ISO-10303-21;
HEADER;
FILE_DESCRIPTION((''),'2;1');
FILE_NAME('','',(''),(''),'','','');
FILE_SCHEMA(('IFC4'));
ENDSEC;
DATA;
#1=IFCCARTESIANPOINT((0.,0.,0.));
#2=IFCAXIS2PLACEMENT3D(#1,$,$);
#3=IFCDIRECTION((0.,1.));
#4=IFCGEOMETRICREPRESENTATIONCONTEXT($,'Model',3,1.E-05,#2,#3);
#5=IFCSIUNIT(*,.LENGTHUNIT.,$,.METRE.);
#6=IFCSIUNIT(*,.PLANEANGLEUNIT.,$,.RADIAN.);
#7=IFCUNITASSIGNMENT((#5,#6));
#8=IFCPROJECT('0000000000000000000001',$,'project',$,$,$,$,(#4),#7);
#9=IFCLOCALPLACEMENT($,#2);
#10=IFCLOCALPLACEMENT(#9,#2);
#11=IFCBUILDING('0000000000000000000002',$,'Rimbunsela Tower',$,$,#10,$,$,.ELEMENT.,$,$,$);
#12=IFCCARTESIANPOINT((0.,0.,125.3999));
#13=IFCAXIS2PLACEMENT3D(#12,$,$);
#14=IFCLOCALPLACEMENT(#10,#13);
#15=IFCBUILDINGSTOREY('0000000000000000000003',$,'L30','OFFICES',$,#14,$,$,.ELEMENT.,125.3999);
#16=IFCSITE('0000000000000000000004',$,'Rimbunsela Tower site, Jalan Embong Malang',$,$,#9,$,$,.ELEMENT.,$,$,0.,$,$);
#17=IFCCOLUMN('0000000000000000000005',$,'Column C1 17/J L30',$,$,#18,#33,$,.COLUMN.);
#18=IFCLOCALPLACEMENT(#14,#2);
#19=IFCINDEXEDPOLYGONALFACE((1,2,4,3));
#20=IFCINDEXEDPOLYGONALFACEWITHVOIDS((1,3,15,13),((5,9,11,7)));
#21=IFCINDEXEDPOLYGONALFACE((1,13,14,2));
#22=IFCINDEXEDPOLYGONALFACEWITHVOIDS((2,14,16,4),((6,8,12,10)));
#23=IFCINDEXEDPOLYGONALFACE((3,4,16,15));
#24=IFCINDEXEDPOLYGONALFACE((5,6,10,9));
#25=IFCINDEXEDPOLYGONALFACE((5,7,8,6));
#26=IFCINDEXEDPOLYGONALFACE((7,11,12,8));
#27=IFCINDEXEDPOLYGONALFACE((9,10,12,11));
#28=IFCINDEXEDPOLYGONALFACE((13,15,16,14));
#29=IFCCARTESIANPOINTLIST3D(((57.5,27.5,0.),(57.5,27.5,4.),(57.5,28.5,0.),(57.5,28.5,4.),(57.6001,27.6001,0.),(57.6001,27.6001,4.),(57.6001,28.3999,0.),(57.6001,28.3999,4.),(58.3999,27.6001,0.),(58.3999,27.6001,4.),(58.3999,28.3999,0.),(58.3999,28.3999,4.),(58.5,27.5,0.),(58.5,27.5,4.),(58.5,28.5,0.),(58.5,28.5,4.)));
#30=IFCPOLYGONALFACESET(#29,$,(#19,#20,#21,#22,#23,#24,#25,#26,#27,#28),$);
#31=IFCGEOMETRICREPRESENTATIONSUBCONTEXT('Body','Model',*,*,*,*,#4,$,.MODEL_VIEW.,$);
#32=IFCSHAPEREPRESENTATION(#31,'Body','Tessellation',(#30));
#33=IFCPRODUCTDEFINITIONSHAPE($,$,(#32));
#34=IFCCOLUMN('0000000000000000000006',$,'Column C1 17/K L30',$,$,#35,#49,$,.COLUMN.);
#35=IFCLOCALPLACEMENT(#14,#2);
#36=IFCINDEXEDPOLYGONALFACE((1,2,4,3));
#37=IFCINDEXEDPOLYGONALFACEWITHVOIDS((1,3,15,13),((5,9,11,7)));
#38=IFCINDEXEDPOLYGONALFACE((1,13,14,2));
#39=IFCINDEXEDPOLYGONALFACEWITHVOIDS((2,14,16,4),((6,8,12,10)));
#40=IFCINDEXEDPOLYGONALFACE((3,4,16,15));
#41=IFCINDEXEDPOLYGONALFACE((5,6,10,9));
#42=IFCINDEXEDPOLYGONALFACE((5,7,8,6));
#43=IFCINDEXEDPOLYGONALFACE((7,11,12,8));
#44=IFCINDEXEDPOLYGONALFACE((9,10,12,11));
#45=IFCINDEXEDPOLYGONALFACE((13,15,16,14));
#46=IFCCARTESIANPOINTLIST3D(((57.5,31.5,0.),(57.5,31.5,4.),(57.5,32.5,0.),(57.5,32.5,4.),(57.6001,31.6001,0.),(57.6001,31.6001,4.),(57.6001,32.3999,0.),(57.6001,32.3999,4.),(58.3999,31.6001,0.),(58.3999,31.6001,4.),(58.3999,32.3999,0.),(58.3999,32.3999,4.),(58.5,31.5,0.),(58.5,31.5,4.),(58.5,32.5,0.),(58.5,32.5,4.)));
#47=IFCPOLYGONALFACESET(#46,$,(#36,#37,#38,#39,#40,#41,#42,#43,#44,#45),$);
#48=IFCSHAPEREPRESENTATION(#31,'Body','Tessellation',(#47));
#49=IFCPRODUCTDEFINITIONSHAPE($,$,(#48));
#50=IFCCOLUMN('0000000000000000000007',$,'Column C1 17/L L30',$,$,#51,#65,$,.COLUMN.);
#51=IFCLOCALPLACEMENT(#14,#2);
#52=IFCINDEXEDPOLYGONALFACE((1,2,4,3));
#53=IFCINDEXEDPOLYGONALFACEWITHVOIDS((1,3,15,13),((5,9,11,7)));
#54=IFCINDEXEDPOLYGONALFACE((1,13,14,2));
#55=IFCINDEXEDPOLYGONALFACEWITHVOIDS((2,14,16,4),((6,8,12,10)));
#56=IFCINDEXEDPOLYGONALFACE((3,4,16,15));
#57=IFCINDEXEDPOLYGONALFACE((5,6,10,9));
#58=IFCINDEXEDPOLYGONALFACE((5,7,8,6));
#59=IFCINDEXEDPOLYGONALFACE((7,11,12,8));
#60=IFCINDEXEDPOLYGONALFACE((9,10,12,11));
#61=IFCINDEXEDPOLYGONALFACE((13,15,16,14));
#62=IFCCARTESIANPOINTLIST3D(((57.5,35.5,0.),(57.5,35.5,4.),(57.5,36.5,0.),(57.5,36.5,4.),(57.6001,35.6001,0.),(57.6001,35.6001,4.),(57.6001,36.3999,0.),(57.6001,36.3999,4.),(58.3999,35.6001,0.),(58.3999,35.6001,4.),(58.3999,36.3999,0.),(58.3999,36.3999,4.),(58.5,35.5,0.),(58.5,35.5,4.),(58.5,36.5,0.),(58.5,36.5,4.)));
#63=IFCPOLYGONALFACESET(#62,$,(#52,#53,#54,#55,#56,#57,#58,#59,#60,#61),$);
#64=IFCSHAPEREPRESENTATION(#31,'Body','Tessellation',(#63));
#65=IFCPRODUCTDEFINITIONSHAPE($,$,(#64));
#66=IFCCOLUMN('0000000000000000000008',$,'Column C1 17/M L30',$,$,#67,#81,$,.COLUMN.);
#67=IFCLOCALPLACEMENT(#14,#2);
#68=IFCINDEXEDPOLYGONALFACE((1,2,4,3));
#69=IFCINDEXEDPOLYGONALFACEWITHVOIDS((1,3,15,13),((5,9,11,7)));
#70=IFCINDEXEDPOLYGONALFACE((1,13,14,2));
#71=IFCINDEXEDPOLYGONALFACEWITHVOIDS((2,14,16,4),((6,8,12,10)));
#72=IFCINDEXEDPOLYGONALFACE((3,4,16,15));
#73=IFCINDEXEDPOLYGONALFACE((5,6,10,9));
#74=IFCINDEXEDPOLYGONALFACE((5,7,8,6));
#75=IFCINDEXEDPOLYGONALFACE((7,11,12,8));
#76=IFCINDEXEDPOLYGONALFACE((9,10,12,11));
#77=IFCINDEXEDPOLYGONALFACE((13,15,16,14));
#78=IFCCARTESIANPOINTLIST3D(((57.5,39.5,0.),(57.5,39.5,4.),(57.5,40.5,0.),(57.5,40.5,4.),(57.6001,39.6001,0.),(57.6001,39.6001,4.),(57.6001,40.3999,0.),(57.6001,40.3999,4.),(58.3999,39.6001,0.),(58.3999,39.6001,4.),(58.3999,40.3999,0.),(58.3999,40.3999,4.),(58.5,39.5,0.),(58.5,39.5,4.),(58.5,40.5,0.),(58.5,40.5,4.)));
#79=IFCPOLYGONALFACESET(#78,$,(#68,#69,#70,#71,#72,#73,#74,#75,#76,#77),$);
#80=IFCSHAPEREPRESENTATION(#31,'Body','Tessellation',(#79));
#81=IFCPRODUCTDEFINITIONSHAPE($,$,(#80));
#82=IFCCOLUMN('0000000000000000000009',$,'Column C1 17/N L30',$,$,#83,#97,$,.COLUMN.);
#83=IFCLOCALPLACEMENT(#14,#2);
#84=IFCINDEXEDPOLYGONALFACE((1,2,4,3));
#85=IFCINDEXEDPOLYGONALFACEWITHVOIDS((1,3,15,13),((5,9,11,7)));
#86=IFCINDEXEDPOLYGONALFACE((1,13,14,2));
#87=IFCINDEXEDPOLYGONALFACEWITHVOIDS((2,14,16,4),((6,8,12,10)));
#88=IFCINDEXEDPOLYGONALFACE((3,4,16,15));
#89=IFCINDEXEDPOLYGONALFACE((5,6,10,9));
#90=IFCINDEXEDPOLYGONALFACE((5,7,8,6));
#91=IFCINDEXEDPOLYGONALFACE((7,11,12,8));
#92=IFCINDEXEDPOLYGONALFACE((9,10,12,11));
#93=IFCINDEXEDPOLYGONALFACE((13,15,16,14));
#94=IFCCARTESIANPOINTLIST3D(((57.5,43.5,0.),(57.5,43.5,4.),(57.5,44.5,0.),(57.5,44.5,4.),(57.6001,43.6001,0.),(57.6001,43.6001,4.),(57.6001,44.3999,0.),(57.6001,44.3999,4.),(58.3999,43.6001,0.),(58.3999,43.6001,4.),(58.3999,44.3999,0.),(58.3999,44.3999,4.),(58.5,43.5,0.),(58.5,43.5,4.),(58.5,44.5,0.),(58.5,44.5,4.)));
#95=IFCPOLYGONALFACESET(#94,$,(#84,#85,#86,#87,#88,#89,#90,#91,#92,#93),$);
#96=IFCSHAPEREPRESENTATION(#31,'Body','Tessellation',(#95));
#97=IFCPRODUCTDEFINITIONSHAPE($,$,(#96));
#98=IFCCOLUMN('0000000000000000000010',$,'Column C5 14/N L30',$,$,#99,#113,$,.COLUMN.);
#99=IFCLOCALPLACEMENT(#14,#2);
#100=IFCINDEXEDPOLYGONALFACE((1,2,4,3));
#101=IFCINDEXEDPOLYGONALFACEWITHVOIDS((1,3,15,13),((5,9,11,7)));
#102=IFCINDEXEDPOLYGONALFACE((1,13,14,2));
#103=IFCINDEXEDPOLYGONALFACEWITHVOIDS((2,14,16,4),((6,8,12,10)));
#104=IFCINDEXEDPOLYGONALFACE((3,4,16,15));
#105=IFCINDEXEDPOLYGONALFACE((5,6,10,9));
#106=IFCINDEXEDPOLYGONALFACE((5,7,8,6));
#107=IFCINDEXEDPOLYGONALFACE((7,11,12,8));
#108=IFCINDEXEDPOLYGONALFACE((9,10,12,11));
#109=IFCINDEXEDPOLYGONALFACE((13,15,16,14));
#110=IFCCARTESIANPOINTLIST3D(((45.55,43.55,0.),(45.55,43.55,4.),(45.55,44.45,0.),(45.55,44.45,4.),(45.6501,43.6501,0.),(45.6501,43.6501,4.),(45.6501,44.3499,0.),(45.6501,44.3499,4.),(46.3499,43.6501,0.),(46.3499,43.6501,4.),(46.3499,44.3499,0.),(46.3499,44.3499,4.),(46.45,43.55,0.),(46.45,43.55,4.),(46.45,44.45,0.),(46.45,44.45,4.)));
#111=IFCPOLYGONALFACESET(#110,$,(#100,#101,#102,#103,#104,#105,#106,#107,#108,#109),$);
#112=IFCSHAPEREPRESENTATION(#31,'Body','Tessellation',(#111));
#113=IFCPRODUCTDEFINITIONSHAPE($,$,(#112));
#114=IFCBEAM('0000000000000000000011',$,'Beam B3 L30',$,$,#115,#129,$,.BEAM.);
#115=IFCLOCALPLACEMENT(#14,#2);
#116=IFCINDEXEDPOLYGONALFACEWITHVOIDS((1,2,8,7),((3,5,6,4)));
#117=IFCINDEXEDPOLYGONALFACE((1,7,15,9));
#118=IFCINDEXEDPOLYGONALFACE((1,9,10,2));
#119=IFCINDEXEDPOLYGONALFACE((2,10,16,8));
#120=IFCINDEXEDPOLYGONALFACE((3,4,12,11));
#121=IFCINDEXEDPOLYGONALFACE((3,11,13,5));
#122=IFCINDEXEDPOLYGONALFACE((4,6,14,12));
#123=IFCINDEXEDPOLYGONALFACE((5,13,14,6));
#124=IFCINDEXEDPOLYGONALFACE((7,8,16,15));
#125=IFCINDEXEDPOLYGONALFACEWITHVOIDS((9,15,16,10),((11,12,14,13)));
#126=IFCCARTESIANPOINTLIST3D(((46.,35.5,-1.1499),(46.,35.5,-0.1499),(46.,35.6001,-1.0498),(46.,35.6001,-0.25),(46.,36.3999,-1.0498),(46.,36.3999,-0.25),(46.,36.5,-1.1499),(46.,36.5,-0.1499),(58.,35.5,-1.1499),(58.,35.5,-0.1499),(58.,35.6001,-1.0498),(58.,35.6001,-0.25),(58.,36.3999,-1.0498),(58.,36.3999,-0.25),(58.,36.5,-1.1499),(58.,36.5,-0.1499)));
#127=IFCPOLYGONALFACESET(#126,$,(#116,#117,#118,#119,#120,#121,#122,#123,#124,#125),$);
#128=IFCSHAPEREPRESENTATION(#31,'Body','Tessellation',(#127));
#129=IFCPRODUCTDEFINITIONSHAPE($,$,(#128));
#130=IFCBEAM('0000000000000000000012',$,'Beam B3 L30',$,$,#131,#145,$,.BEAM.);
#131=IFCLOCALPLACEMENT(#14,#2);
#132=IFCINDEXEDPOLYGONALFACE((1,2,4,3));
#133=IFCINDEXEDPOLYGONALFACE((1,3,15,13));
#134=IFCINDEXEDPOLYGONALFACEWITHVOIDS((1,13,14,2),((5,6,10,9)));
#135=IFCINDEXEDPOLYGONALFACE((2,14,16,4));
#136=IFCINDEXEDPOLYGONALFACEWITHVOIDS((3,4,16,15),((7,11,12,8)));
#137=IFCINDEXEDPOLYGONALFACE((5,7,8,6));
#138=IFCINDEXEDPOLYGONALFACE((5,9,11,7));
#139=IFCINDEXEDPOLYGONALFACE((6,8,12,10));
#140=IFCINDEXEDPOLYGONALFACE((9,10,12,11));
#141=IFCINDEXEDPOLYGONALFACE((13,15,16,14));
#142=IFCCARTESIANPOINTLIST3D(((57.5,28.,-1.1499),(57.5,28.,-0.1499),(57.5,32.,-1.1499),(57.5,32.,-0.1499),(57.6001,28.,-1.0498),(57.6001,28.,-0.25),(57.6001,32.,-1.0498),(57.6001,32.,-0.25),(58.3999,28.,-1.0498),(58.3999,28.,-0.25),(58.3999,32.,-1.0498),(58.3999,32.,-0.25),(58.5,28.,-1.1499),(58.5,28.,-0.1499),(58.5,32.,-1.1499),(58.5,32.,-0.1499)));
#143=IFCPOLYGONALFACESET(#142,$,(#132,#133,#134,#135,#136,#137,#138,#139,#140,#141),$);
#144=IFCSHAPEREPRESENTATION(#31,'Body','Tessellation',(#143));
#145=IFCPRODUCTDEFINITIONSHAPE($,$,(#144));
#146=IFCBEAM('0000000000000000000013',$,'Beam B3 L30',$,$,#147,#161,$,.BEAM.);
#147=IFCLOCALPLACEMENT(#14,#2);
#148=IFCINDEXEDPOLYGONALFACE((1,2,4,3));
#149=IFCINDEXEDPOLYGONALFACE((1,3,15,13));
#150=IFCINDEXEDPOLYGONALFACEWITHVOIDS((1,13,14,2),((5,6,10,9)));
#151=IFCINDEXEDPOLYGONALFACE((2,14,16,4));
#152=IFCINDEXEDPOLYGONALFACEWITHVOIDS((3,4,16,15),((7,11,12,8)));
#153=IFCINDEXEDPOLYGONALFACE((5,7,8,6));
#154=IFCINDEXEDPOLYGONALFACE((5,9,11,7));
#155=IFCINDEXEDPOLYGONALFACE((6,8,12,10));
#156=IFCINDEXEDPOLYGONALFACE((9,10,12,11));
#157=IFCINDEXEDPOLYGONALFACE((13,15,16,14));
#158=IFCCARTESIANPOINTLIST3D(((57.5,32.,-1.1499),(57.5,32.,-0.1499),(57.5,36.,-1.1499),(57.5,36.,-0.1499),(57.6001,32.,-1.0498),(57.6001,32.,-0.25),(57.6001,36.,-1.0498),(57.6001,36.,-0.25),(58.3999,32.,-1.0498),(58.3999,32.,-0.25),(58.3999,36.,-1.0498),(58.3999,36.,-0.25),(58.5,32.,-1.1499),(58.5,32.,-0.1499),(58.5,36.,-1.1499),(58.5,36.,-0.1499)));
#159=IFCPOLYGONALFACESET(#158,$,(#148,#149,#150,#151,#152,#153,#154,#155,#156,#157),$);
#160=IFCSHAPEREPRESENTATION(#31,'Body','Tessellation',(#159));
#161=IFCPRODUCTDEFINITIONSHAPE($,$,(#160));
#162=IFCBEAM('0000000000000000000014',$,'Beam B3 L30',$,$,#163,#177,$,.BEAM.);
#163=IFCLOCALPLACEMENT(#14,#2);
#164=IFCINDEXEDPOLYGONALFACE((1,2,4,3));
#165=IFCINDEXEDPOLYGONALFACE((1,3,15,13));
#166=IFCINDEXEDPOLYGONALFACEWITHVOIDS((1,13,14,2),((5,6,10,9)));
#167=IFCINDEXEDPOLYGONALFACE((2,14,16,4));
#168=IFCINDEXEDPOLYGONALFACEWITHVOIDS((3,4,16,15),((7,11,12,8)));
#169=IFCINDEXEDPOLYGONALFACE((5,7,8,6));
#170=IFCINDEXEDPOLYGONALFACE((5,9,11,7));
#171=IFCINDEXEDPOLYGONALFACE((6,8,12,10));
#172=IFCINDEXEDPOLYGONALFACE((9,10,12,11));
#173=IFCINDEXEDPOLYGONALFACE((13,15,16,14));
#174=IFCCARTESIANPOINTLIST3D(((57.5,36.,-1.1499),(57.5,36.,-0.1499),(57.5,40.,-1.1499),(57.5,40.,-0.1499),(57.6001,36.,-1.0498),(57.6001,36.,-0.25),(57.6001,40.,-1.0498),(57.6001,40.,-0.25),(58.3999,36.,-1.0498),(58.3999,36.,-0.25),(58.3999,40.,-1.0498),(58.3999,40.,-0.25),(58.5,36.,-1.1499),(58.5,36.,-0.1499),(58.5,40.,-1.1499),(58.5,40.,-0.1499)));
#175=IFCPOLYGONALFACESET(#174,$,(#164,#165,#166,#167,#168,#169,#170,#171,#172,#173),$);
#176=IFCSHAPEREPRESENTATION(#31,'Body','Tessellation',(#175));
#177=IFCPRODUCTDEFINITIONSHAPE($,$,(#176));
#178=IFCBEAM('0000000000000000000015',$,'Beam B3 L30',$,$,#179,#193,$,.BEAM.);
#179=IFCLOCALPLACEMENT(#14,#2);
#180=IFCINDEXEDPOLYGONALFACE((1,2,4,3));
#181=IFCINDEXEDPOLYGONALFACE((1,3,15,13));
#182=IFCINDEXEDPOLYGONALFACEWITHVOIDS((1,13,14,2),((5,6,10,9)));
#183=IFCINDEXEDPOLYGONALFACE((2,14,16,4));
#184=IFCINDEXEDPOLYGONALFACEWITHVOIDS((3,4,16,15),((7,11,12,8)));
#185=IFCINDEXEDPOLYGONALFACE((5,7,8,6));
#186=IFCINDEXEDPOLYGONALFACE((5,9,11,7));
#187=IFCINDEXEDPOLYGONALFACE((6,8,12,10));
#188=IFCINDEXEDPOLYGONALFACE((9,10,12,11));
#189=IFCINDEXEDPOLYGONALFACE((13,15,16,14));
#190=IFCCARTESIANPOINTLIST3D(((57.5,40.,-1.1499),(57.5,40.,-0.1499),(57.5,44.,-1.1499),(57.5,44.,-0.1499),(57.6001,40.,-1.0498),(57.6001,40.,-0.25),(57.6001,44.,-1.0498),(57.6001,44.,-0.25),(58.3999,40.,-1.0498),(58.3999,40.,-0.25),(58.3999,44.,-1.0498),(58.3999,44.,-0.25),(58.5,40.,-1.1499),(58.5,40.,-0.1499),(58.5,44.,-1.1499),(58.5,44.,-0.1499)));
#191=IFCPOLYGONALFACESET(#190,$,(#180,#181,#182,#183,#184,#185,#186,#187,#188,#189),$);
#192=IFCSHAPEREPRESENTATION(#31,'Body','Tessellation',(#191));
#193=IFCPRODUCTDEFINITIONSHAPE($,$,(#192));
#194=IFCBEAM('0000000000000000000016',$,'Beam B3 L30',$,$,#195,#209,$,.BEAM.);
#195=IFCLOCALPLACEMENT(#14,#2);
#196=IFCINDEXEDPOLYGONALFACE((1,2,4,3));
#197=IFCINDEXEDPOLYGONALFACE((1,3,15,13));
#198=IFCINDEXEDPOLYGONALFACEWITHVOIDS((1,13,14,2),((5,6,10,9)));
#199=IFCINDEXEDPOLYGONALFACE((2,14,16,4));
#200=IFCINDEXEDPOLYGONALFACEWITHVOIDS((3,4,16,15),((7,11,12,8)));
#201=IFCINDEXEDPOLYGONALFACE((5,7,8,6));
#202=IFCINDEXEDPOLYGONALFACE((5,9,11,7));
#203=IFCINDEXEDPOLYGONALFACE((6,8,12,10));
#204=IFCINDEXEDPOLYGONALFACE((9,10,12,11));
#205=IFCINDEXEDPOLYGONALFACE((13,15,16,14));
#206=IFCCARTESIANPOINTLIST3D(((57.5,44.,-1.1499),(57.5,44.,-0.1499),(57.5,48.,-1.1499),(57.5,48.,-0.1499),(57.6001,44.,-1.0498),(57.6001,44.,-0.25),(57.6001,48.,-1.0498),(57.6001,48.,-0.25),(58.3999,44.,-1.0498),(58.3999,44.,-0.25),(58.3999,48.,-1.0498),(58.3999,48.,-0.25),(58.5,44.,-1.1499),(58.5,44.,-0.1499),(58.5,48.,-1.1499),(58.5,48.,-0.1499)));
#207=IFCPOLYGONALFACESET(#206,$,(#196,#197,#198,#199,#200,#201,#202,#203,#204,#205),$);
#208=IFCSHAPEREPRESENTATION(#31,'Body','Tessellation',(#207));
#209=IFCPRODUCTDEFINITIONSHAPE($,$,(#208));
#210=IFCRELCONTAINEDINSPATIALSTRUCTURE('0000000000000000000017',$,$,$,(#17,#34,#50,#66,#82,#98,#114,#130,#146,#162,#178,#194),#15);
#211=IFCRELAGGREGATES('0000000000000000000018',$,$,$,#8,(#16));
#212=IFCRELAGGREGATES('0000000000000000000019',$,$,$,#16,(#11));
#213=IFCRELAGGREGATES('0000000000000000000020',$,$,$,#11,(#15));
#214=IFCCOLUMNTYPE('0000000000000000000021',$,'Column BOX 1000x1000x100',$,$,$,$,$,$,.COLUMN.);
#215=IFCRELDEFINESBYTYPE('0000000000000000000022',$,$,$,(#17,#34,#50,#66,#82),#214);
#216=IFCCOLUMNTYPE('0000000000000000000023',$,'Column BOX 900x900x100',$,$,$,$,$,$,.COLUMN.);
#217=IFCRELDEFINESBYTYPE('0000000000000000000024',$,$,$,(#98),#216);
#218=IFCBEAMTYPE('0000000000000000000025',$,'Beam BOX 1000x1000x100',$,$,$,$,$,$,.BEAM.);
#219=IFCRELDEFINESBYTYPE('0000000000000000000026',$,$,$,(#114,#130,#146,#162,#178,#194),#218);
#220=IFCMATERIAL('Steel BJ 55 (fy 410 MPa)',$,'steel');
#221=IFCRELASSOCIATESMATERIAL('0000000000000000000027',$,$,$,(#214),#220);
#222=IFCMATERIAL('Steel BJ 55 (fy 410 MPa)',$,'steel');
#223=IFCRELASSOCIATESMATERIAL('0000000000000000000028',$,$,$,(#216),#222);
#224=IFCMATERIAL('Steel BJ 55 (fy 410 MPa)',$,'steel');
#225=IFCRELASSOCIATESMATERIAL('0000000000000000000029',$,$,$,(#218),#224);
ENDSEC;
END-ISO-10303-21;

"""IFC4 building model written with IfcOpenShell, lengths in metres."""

from ifc_helpers import new_model, si_unit, direction, frame, origin, origin_2d, place, context, subcontext, project, spatial, hollow_rectangle, extrude, material, material_profile, profile_set, type_object, element, save


model = new_model("IFC4")

# Units and contexts
model_context = context("Model", 3, precision=1e-05, world=origin(), true_north=direction((0.0, 1.0)))
body_context = subcontext(model_context, "Body", "Model", "MODEL_VIEW")
ifc_project = project(units=[si_unit("LENGTHUNIT", "METRE"), si_unit("PLANEANGLEUNIT", "RADIAN")], contexts=[model_context])

# Site, building, storey
site_placement = place(None, origin())
site = spatial("IfcSite", under=ifc_project, at=site_placement, Name="Rimbunsela Tower site, Jalan Embong Malang", CompositionType="ELEMENT", RefElevation=0.0)
building_placement = place(site_placement, origin())
building = spatial("IfcBuilding", under=site, at=building_placement, Name="Rimbunsela Tower", CompositionType="ELEMENT")
storey_placement = place(building_placement, frame((0.0, 0.0, 125.3999)))
storey = spatial("IfcBuildingStorey", under=building, at=storey_placement, Name="L30", Description="OFFICES", CompositionType="ELEMENT", Elevation=125.3999)

# Columns
ifc_material_1 = material(Name="Steel BJ 55 (fy 410 MPa)", Category="steel")
ifc_material_profile_1 = material_profile(ifc_material_1, hollow_rectangle(XDim=1.0, YDim=1.0, WallThickness=0.1001, at=origin_2d()), Name="BOX 1000x1000x100")
ifc_profile_set_1 = profile_set([ifc_material_profile_1], Name="Steel BJ 55 (fy 410 MPa)")
column_type_1 = type_object("IfcColumnType", Name="Column BOX 1000x1000x100", PredefinedType="COLUMN", material=ifc_profile_set_1)
for number, where, z_axis, x_axis, name in (
    (1, (58.0, 28.0, 0.0), (0.0, 0.0, 1.0), (1.0, 0.0, 0.0), "Column C1 17/J L30"),
    (2, (58.0, 32.0, 0.0), (0.0, 0.0, 1.0), (1.0, 0.0, 0.0), "Column C1 17/K L30"),
    (3, (58.0, 36.0, 0.0), (0.0, 0.0, 1.0), (1.0, 0.0, 0.0), "Column C1 17/L L30"),
    (4, (58.0, 40.0, 0.0), (0.0, 0.0, 1.0), (1.0, 0.0, 0.0), "Column C1 17/M L30"),
    (5, (58.0, 44.0, 0.0), (0.0, 0.0, 1.0), (1.0, 0.0, 0.0), "Column C1 17/N L30"),
):
    element("IfcColumn", number, at=place(storey_placement, frame(where, z_axis=z_axis, x_axis=x_axis)), inside=storey, type_object=column_type_1, Name=name, PredefinedType="COLUMN", context=body_context, shape_type="SweptSolid", body=[
        extrude(hollow_rectangle(XDim=1.0, YDim=1.0, WallThickness=0.1001, at=origin_2d()), origin(), (0.0, 0.0, 1.0), 4.0),
    ])
ifc_material_2 = material(Name="Steel BJ 55 (fy 410 MPa)", Category="steel")
ifc_material_profile_2 = material_profile(ifc_material_2, hollow_rectangle(XDim=0.8999, YDim=0.8999, WallThickness=0.1001, at=origin_2d()), Name="BOX 900x900x100")
ifc_profile_set_2 = profile_set([ifc_material_profile_2], Name="Steel BJ 55 (fy 410 MPa)")
column_type_2 = type_object("IfcColumnType", Name="Column BOX 900x900x100", PredefinedType="COLUMN", material=ifc_profile_set_2)
column_placement = place(storey_placement, frame((46.0, 44.0, 0.0), z_axis=(0.0, 0.0, 1.0), x_axis=(1.0, 0.0, 0.0)))
element("IfcColumn", 6, at=column_placement, inside=storey, type_object=column_type_2, Name="Column C5 14/N L30", PredefinedType="COLUMN", context=body_context, shape_type="SweptSolid", body=[
    extrude(hollow_rectangle(XDim=0.8999, YDim=0.8999, WallThickness=0.1001, at=origin_2d()), origin(), (0.0, 0.0, 1.0), 4.0),
])

# Beams
ifc_material_3 = material(Name="Steel BJ 55 (fy 410 MPa)", Category="steel")
ifc_material_profile_3 = material_profile(ifc_material_3, hollow_rectangle(XDim=1.0, YDim=1.0, WallThickness=0.1001, at=origin_2d()), Name="BOX 1000x1000x100")
ifc_profile_set_3 = profile_set([ifc_material_profile_3], Name="Steel BJ 55 (fy 410 MPa)")
beam_type_1 = type_object("IfcBeamType", Name="Beam BOX 1000x1000x100", PredefinedType="BEAM", material=ifc_profile_set_3)
beam_placement = place(storey_placement, frame((46.0, 36.0, -0.6499), z_axis=(1.0, 0.0, 0.0), x_axis=(0.0, 1.0, 0.0)))
element("IfcBeam", 7, at=beam_placement, inside=storey, type_object=beam_type_1, Name="Beam B3 L30", PredefinedType="BEAM", context=body_context, shape_type="SweptSolid", body=[
    extrude(hollow_rectangle(XDim=1.0, YDim=1.0, WallThickness=0.1001, at=origin_2d()), origin(), (0.0, 0.0, 1.0), 12.0),
])
for number, where, z_axis, x_axis, name in (
    (8, (58.0, 28.0, -0.6499), (0.0, 1.0, 0.0), (-1.0, 0.0, 0.0), "Beam B3 L30"),
    (9, (58.0, 32.0, -0.6499), (0.0, 1.0, 0.0), (-1.0, 0.0, 0.0), "Beam B3 L30"),
    (10, (58.0, 36.0, -0.6499), (0.0, 1.0, 0.0), (-1.0, 0.0, 0.0), "Beam B3 L30"),
    (11, (58.0, 40.0, -0.6499), (0.0, 1.0, 0.0), (-1.0, 0.0, 0.0), "Beam B3 L30"),
    (12, (58.0, 44.0, -0.6499), (0.0, 1.0, 0.0), (-1.0, 0.0, 0.0), "Beam B3 L30"),
):
    element("IfcBeam", number, at=place(storey_placement, frame(where, z_axis=z_axis, x_axis=x_axis)), inside=storey, type_object=beam_type_1, Name=name, PredefinedType="BEAM", context=body_context, shape_type="SweptSolid", body=[
        extrude(hollow_rectangle(XDim=1.0, YDim=1.0, WallThickness=0.1001, at=origin_2d()), origin(), (0.0, 0.0, 1.0), 4.0),
    ])

save(model, "model.ifc")
